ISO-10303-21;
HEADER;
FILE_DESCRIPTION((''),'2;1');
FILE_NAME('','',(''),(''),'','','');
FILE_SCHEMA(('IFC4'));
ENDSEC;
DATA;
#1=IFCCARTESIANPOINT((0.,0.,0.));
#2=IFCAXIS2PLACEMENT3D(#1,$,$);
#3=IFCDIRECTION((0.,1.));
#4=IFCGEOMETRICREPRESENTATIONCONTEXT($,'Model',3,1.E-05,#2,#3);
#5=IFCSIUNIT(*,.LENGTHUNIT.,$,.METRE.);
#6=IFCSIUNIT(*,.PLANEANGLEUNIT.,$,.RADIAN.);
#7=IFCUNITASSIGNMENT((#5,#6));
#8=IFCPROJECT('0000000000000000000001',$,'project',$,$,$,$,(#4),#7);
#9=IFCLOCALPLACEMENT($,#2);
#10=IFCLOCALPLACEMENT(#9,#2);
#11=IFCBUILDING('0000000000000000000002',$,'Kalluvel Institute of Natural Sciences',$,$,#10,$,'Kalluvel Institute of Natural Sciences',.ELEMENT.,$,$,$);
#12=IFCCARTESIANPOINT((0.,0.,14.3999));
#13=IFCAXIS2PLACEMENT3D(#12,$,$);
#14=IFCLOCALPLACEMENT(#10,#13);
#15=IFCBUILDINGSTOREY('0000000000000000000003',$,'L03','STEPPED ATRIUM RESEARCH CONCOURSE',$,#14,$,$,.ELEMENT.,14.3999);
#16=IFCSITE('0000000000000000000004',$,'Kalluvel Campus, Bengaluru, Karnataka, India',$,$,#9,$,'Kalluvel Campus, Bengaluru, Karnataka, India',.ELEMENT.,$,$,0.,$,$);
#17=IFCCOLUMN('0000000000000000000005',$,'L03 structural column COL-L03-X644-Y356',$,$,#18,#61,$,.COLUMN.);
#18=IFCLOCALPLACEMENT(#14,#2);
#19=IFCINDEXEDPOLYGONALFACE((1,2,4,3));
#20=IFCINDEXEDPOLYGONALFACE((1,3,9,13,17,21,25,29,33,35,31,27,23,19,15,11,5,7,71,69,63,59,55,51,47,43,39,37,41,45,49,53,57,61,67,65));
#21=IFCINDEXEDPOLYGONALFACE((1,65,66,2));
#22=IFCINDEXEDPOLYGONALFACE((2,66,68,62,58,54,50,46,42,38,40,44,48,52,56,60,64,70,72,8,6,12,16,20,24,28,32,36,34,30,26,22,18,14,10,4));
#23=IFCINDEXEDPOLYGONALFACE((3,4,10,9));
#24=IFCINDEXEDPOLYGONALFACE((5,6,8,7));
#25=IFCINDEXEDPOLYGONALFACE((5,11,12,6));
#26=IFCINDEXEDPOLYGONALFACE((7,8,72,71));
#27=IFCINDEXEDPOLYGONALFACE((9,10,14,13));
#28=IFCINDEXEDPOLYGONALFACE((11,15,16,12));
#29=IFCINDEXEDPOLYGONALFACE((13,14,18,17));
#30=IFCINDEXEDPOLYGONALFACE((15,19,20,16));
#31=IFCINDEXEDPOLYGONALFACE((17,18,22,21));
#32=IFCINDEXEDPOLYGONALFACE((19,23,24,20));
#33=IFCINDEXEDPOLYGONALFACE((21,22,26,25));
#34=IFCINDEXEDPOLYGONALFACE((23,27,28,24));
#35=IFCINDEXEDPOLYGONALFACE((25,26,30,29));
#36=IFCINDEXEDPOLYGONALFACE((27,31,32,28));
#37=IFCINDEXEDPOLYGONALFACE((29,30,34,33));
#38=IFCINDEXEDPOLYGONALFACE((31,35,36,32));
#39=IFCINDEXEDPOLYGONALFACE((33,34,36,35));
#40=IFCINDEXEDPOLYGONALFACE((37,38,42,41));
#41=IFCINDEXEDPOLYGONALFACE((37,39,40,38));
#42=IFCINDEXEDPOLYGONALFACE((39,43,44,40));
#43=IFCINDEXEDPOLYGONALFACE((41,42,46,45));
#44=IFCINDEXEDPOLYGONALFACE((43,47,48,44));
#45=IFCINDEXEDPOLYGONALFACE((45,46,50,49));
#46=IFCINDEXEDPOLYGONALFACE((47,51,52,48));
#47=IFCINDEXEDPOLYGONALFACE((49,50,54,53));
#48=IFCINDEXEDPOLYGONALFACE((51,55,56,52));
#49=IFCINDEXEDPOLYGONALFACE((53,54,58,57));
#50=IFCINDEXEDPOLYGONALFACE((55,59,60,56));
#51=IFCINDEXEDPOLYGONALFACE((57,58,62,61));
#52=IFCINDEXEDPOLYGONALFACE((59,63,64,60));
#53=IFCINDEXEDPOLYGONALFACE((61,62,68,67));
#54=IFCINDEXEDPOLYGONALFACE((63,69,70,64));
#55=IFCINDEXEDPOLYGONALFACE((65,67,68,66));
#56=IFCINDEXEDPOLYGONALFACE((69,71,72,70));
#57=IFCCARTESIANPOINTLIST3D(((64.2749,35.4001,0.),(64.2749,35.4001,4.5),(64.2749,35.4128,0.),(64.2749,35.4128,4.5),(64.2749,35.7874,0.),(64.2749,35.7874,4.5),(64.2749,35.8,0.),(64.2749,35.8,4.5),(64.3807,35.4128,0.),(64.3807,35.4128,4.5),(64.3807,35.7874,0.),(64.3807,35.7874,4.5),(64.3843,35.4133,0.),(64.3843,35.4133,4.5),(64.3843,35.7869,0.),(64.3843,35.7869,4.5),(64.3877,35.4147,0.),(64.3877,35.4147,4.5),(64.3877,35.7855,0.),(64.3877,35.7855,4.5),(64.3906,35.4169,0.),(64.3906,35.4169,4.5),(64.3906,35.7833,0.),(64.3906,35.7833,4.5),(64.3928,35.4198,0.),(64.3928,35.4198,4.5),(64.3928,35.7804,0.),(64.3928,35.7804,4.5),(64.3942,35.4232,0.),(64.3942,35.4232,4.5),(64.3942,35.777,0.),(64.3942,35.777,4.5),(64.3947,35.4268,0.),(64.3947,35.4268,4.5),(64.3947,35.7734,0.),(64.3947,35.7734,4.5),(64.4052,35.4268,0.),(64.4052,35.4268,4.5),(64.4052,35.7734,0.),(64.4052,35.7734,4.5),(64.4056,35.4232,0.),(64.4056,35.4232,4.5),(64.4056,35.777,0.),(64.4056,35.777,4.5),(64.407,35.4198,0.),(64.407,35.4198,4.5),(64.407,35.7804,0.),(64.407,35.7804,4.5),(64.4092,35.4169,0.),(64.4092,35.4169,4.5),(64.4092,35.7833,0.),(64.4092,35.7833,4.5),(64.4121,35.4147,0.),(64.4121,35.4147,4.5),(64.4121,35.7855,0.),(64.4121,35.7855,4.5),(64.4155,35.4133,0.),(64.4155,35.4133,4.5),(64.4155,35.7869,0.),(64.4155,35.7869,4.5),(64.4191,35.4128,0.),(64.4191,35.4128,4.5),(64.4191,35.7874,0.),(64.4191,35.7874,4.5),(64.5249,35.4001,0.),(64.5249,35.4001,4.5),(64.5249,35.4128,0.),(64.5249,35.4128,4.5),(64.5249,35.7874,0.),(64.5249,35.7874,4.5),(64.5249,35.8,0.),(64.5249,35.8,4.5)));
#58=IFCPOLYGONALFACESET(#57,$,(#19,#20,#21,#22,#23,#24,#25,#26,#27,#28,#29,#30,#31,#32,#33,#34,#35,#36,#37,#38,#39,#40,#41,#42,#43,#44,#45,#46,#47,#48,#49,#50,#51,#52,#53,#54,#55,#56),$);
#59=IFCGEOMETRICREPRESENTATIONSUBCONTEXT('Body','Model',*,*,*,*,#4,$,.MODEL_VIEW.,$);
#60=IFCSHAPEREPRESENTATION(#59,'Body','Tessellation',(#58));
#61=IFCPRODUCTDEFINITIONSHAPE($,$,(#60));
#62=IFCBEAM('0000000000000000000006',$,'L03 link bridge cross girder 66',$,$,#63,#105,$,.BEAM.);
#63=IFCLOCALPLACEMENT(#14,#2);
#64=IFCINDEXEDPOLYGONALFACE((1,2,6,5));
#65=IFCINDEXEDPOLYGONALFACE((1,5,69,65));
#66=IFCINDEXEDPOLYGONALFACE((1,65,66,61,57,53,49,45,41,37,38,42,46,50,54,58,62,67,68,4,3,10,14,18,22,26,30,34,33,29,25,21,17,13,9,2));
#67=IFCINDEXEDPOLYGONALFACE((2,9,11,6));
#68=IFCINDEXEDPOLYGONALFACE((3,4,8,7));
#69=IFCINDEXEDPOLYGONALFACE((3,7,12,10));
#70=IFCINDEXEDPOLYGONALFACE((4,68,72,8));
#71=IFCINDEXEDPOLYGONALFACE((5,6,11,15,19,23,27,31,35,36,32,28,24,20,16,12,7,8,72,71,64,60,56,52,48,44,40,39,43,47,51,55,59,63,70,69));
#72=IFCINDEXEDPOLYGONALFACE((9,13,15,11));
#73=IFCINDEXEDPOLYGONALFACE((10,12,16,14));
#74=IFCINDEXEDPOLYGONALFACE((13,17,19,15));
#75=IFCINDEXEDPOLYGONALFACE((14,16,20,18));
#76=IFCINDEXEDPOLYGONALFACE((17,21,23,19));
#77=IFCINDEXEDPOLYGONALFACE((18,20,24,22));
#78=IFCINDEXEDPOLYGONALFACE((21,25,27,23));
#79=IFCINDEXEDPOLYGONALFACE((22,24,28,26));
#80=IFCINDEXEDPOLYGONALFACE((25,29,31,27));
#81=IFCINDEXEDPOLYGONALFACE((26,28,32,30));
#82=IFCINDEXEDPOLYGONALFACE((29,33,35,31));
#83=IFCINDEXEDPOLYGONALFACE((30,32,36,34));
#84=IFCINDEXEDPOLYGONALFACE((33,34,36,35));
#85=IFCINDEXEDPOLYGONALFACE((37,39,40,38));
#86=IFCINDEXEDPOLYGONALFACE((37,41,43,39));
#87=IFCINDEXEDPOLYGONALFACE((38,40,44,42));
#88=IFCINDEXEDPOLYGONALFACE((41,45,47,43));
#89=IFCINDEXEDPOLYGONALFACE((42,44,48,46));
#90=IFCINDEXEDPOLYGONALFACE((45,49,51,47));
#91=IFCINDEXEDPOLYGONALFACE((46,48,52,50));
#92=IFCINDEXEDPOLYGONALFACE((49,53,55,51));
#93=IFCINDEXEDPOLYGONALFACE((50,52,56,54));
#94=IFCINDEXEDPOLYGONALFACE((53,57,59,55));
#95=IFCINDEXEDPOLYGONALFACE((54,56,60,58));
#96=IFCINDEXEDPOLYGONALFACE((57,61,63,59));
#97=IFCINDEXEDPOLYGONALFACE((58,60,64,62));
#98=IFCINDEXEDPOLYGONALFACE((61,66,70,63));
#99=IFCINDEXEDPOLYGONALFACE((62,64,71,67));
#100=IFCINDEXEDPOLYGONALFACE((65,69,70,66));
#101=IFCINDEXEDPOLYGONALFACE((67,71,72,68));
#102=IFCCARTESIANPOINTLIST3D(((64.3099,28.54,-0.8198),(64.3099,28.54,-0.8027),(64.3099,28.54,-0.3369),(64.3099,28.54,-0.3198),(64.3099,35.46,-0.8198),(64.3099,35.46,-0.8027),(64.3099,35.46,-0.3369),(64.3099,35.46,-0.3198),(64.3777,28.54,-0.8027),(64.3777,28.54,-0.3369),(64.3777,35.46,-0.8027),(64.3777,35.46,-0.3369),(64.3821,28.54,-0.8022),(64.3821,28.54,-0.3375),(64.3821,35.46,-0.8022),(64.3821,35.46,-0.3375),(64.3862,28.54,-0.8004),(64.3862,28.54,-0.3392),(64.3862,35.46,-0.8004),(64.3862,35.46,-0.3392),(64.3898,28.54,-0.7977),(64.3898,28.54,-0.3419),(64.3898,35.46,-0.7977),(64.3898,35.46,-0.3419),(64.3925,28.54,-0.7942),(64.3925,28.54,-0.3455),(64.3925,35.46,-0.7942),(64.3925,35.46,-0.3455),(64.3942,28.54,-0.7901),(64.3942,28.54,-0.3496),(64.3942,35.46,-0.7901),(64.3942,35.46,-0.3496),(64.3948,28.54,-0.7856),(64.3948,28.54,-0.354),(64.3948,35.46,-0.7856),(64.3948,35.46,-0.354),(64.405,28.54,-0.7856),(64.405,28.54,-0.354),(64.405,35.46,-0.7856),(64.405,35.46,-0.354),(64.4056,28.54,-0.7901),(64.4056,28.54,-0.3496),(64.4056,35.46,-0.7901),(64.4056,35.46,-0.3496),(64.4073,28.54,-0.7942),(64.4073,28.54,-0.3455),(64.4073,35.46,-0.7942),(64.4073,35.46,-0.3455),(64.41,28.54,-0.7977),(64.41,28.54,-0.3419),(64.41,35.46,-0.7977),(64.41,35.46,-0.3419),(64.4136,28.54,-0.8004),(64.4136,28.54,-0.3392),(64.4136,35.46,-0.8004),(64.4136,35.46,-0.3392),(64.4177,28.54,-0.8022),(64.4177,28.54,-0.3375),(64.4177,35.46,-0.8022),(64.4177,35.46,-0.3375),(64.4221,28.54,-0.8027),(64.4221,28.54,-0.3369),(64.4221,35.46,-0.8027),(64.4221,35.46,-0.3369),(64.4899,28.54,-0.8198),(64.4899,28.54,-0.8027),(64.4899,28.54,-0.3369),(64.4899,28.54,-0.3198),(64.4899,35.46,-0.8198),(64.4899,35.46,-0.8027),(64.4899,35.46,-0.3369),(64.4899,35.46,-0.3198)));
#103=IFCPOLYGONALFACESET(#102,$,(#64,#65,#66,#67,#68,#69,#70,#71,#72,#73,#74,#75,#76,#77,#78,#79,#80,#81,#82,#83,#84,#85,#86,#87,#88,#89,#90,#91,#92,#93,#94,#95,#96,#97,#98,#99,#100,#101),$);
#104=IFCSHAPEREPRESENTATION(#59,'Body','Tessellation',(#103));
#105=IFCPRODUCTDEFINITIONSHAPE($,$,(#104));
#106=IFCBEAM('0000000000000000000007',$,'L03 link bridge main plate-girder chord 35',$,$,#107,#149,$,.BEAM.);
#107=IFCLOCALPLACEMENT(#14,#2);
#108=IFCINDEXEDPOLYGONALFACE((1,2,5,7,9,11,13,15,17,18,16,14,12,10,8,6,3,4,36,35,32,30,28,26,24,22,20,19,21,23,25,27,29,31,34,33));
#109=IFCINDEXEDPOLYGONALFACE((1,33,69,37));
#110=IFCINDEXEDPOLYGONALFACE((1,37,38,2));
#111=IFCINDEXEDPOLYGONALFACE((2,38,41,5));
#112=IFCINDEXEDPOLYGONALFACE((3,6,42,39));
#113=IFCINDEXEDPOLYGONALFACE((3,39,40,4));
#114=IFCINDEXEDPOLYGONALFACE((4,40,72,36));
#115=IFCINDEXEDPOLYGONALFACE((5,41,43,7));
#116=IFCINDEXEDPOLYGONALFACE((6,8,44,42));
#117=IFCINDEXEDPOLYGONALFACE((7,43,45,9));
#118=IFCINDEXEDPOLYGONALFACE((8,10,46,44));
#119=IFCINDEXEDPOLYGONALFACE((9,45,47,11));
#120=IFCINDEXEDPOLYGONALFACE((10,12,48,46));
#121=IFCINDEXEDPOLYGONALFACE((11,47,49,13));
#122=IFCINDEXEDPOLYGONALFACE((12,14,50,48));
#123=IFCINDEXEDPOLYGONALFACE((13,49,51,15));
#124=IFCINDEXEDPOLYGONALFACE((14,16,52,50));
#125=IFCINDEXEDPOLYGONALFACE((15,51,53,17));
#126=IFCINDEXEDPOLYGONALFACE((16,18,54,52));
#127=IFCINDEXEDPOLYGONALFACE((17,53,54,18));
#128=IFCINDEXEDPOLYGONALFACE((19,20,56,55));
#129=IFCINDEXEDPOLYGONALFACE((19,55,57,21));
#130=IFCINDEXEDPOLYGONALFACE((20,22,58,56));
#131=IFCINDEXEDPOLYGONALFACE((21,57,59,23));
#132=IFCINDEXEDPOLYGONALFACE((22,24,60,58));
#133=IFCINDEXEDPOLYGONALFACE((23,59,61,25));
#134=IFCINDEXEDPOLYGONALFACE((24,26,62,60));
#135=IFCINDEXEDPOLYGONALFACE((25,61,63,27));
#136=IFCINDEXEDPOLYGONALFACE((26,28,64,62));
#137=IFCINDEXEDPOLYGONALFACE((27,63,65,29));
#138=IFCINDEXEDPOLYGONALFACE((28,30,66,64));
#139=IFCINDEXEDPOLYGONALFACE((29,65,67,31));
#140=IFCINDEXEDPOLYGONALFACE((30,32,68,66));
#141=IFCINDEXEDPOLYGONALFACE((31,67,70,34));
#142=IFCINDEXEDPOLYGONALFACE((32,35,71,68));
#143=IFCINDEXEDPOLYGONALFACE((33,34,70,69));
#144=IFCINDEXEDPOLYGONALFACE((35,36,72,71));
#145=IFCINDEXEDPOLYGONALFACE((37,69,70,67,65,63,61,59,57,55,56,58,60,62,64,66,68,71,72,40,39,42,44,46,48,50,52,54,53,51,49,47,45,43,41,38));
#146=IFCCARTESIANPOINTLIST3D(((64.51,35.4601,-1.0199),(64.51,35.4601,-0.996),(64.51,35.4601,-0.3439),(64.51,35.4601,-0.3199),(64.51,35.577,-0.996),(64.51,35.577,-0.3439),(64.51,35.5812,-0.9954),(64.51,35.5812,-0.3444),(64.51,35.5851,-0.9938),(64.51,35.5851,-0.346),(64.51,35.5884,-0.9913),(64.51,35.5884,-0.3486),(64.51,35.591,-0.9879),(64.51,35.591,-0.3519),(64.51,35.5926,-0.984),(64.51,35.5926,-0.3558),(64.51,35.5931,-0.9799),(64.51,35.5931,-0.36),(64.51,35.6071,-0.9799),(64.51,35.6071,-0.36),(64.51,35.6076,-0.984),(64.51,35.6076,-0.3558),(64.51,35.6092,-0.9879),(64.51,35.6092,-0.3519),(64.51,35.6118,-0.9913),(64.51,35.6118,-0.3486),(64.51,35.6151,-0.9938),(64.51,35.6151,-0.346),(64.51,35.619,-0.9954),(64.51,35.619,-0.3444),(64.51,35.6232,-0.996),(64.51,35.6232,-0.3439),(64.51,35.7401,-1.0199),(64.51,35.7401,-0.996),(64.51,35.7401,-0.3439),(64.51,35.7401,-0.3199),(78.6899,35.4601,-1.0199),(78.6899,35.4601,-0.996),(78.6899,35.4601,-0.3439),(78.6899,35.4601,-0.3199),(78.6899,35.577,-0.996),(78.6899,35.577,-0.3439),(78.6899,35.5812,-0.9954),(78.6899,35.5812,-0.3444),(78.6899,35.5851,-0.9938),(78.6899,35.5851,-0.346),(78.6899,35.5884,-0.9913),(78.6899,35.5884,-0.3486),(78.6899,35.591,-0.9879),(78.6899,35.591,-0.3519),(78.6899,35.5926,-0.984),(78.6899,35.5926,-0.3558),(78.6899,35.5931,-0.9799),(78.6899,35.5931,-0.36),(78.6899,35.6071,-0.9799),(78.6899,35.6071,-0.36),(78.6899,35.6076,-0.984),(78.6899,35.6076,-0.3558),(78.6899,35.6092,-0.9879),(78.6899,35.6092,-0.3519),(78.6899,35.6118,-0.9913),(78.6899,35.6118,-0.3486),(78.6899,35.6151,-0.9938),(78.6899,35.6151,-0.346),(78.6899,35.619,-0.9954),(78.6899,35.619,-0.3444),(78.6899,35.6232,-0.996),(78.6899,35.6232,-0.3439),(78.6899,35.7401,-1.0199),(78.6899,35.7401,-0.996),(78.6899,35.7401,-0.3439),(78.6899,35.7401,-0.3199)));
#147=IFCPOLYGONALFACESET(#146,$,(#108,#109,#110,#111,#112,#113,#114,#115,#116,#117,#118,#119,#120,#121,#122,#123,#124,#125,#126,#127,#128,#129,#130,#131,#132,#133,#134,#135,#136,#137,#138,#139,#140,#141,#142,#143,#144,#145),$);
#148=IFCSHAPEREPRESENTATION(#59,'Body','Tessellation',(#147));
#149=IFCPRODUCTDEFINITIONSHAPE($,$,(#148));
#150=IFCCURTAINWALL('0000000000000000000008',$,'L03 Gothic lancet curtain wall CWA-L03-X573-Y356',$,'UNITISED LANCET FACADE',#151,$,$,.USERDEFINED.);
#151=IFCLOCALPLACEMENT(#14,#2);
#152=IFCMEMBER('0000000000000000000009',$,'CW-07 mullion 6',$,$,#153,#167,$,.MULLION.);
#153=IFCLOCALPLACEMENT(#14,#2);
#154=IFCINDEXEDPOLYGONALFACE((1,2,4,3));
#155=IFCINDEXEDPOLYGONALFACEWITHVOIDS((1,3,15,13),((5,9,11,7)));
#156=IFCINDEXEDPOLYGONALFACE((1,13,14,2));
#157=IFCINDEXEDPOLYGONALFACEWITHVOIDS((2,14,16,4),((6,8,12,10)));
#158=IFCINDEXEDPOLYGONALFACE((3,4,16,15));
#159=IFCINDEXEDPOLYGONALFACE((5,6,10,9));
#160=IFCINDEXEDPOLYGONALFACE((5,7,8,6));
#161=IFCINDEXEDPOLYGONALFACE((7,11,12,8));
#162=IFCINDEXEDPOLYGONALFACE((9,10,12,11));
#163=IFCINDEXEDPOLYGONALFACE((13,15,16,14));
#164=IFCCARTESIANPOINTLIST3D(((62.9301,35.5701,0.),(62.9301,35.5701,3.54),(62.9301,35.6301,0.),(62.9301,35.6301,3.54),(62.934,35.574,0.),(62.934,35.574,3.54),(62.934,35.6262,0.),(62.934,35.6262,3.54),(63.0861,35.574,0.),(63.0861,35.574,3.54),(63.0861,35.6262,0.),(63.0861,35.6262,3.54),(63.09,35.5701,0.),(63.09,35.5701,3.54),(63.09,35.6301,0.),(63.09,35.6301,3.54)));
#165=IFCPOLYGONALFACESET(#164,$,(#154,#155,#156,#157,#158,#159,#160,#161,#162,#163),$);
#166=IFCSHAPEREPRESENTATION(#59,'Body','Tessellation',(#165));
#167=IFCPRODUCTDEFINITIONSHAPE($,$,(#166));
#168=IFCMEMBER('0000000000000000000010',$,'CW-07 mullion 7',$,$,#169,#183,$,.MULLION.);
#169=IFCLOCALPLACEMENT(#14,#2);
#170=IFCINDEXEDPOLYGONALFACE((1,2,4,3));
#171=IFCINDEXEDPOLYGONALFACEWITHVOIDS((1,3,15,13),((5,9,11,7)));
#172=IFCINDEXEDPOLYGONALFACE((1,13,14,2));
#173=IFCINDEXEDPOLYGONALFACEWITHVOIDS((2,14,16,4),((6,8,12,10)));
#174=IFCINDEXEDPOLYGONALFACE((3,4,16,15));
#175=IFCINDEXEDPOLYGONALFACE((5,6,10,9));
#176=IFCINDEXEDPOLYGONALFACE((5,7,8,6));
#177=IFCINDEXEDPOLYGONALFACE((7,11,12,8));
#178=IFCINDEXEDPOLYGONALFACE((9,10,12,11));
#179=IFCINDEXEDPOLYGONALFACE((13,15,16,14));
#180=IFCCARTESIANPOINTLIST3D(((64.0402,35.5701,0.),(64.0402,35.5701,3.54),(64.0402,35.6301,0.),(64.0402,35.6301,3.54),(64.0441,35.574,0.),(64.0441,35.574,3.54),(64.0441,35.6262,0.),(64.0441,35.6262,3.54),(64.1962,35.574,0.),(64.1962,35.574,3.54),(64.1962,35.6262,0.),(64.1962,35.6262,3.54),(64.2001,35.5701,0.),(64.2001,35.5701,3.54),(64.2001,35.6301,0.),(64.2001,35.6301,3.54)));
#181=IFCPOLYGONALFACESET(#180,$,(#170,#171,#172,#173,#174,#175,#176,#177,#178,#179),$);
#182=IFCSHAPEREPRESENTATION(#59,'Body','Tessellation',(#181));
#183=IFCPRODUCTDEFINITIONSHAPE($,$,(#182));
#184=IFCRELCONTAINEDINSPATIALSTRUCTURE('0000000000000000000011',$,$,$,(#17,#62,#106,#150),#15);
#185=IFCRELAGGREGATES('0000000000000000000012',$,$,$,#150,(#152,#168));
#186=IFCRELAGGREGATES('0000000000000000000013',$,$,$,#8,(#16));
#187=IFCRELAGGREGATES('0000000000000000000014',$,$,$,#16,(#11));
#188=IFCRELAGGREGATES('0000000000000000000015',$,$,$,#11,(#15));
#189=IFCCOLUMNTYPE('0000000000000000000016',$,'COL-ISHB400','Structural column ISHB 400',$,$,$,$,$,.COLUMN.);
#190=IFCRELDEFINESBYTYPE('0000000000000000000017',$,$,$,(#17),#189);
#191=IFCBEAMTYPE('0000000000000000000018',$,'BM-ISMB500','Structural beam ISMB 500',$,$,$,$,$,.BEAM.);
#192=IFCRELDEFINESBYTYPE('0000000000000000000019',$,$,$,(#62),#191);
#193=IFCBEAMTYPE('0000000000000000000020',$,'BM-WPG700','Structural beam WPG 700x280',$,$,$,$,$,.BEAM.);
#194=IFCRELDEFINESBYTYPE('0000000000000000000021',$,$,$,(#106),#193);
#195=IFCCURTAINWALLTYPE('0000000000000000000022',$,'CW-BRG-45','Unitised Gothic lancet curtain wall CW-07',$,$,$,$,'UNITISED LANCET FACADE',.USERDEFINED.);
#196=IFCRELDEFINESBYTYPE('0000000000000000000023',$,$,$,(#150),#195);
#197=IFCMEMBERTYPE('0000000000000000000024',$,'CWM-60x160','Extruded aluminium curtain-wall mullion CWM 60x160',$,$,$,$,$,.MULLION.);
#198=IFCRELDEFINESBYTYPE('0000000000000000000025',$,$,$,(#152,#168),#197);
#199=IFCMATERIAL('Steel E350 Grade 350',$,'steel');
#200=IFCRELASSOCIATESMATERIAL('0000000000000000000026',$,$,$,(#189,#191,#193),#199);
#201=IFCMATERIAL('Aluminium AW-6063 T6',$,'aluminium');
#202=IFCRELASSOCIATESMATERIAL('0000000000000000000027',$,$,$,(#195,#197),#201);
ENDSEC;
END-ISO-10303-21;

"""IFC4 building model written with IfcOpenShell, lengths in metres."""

from ifc_helpers import new_model, si_unit, direction, frame, origin, origin_2d, place, context, subcontext, project, spatial, hollow_rectangle, i_section, extrude, material, material_profile, profile_set, type_object, element, aggregate, save


model = new_model("IFC4")

# Units and contexts
model_context = context("Model", 3, precision=1e-05, world=origin(), true_north=direction((0.0, 1.0)))
body_context = subcontext(model_context, "Body", "Model", "MODEL_VIEW")
ifc_project = project(units=[si_unit("LENGTHUNIT", "METRE"), si_unit("PLANEANGLEUNIT", "RADIAN")], contexts=[model_context])

# Site, building, storey
site_placement = place(None, origin())
site = spatial("IfcSite", under=ifc_project, at=site_placement, Name="Kalluvel Campus, Bengaluru, Karnataka, India", LongName="Kalluvel Campus, Bengaluru, Karnataka, India", CompositionType="ELEMENT", RefElevation=0.0)
building_placement = place(site_placement, origin())
building = spatial("IfcBuilding", under=site, at=building_placement, Name="Kalluvel Institute of Natural Sciences", LongName="Kalluvel Institute of Natural Sciences", CompositionType="ELEMENT")
storey_placement = place(building_placement, frame((0.0, 0.0, 14.3999)))
storey = spatial("IfcBuildingStorey", under=building, at=storey_placement, Name="L03", Description="STEPPED ATRIUM RESEARCH CONCOURSE", CompositionType="ELEMENT", Elevation=14.3999)

# Column
ifc_material_1 = material(Name="Steel E350 Grade 350", Category="steel")
ifc_material_profile_1 = material_profile(ifc_material_1, i_section(OverallWidth=0.25, OverallDepth=0.3999, WebThickness=0.0105, FlangeThickness=0.0127, FilletRadius=0.0139, at=origin_2d()), Name="ISHB 400")
ifc_profile_set_1 = profile_set([ifc_material_profile_1], Name="Steel E350 Grade 350")
column_type = type_object("IfcColumnType", Name="COL-ISHB400", Description="Structural column ISHB 400", PredefinedType="COLUMN", material=ifc_profile_set_1)
column_placement = place(storey_placement, frame((64.3999, 35.6001, 0.0), z_axis=(0.0, 0.0, 1.0), x_axis=(1.0, 0.0, 0.0)))
element("IfcColumn", 1, at=column_placement, inside=storey, type_object=column_type, Name="L03 structural column COL-L03-X644-Y356", PredefinedType="COLUMN", context=body_context, shape_type="SweptSolid", body=[
    extrude(i_section(OverallWidth=0.25, OverallDepth=0.3999, WebThickness=0.0105, FlangeThickness=0.0127, FilletRadius=0.0139, at=origin_2d()), origin(), (0.0, 0.0, 1.0), 4.5),
])

# Beams
ifc_material_profile_2 = material_profile(ifc_material_1, i_section(OverallWidth=0.1799, OverallDepth=0.5, WebThickness=0.0103, FlangeThickness=0.0171, FilletRadius=0.0171, at=origin_2d()), Name="ISMB 500")
ifc_profile_set_2 = profile_set([ifc_material_profile_2], Name="Steel E350 Grade 350")
beam_type_1 = type_object("IfcBeamType", Name="BM-ISMB500", Description="Structural beam ISMB 500", PredefinedType="BEAM", material=ifc_profile_set_2)
beam_1_placement = place(storey_placement, frame((64.3999, 28.54, -0.5698), z_axis=(0.0, 1.0, 0.0), x_axis=(-1.0, 0.0, 0.0)))
element("IfcBeam", 2, at=beam_1_placement, inside=storey, type_object=beam_type_1, Name="L03 link bridge cross girder 66", PredefinedType="BEAM", context=body_context, shape_type="SweptSolid", body=[
    extrude(i_section(OverallWidth=0.1799, OverallDepth=0.5, WebThickness=0.0103, FlangeThickness=0.0171, FilletRadius=0.0171, at=origin_2d()), origin(), (0.0, 0.0, 1.0), 6.9199),
])
ifc_material_profile_3 = material_profile(ifc_material_1, i_section(OverallWidth=0.28, OverallDepth=0.7, WebThickness=0.0139, FlangeThickness=0.0239, FilletRadius=0.0161, at=origin_2d()), Name="WPG 700x280")
ifc_profile_set_3 = profile_set([ifc_material_profile_3], Name="Steel E350 Grade 350")
beam_type_2 = type_object("IfcBeamType", Name="BM-WPG700", Description="Structural beam WPG 700x280", PredefinedType="BEAM", material=ifc_profile_set_3)
beam_2_placement = place(storey_placement, frame((64.51, 35.6001, -0.6699), z_axis=(1.0, 0.0, 0.0), x_axis=(0.0, 1.0, 0.0)))
element("IfcBeam", 3, at=beam_2_placement, inside=storey, type_object=beam_type_2, Name="L03 link bridge main plate-girder chord 35", PredefinedType="BEAM", context=body_context, shape_type="SweptSolid", body=[
    extrude(i_section(OverallWidth=0.28, OverallDepth=0.7, WebThickness=0.0139, FlangeThickness=0.0239, FilletRadius=0.0161, at=origin_2d()), origin(), (0.0, 0.0, 1.0), 14.1799),
])

# Curtain wall, members
ifc_material_2 = material(Name="Aluminium AW-6063 T6", Category="aluminium")
curtain_wall_type = type_object("IfcCurtainWallType", Name="CW-BRG-45", Description="Unitised Gothic lancet curtain wall CW-07", ElementType="UNITISED LANCET FACADE", PredefinedType="USERDEFINED", material=ifc_material_2)
curtain_wall_1_placement = place(storey_placement, origin())
curtain_wall_1 = element("IfcCurtainWall", 4, at=curtain_wall_1_placement, inside=storey, type_object=curtain_wall_type, Name="L03 Gothic lancet curtain wall CWA-L03-X573-Y356", ObjectType="UNITISED LANCET FACADE", PredefinedType="USERDEFINED")
ifc_material_profile_4 = material_profile(ifc_material_2, hollow_rectangle(XDim=0.0601, YDim=0.1599, WallThickness=0.0039, at=origin_2d()), Name="CWM 60x160")
ifc_profile_set_4 = profile_set([ifc_material_profile_4], Name="Aluminium AW-6063 T6")
member_type_1 = type_object("IfcMemberType", Name="CWM-60x160", Description="Extruded aluminium curtain-wall mullion CWM 60x160", PredefinedType="MULLION", material=ifc_profile_set_4)
member_1_placement = place(storey_placement, frame((63.01, 35.6001, 0.0), z_axis=(0.0, 0.0, 1.0), x_axis=(0.0, 1.0, 0.0)))
member_1 = element("IfcMember", 5, at=member_1_placement, type_object=member_type_1, Name="CW-07 mullion 6", PredefinedType="MULLION", context=body_context, shape_type="SweptSolid", body=[
    extrude(hollow_rectangle(XDim=0.0601, YDim=0.1599, WallThickness=0.0039, at=origin_2d()), origin(), (0.0, 0.0, 1.0), 3.54),
])
member_2_placement = place(storey_placement, frame((64.1201, 35.6001, 0.0), z_axis=(0.0, 0.0, 1.0), x_axis=(0.0, 1.0, 0.0)))
member_2 = element("IfcMember", 6, at=member_2_placement, type_object=member_type_1, Name="CW-07 mullion 7", PredefinedType="MULLION", context=body_context, shape_type="SweptSolid", body=[
    extrude(hollow_rectangle(XDim=0.0601, YDim=0.1599, WallThickness=0.0039, at=origin_2d()), origin(), (0.0, 0.0, 1.0), 3.54),
])

aggregate(curtain_wall_1, [member_1, member_2])

save(model, "model.ifc")
